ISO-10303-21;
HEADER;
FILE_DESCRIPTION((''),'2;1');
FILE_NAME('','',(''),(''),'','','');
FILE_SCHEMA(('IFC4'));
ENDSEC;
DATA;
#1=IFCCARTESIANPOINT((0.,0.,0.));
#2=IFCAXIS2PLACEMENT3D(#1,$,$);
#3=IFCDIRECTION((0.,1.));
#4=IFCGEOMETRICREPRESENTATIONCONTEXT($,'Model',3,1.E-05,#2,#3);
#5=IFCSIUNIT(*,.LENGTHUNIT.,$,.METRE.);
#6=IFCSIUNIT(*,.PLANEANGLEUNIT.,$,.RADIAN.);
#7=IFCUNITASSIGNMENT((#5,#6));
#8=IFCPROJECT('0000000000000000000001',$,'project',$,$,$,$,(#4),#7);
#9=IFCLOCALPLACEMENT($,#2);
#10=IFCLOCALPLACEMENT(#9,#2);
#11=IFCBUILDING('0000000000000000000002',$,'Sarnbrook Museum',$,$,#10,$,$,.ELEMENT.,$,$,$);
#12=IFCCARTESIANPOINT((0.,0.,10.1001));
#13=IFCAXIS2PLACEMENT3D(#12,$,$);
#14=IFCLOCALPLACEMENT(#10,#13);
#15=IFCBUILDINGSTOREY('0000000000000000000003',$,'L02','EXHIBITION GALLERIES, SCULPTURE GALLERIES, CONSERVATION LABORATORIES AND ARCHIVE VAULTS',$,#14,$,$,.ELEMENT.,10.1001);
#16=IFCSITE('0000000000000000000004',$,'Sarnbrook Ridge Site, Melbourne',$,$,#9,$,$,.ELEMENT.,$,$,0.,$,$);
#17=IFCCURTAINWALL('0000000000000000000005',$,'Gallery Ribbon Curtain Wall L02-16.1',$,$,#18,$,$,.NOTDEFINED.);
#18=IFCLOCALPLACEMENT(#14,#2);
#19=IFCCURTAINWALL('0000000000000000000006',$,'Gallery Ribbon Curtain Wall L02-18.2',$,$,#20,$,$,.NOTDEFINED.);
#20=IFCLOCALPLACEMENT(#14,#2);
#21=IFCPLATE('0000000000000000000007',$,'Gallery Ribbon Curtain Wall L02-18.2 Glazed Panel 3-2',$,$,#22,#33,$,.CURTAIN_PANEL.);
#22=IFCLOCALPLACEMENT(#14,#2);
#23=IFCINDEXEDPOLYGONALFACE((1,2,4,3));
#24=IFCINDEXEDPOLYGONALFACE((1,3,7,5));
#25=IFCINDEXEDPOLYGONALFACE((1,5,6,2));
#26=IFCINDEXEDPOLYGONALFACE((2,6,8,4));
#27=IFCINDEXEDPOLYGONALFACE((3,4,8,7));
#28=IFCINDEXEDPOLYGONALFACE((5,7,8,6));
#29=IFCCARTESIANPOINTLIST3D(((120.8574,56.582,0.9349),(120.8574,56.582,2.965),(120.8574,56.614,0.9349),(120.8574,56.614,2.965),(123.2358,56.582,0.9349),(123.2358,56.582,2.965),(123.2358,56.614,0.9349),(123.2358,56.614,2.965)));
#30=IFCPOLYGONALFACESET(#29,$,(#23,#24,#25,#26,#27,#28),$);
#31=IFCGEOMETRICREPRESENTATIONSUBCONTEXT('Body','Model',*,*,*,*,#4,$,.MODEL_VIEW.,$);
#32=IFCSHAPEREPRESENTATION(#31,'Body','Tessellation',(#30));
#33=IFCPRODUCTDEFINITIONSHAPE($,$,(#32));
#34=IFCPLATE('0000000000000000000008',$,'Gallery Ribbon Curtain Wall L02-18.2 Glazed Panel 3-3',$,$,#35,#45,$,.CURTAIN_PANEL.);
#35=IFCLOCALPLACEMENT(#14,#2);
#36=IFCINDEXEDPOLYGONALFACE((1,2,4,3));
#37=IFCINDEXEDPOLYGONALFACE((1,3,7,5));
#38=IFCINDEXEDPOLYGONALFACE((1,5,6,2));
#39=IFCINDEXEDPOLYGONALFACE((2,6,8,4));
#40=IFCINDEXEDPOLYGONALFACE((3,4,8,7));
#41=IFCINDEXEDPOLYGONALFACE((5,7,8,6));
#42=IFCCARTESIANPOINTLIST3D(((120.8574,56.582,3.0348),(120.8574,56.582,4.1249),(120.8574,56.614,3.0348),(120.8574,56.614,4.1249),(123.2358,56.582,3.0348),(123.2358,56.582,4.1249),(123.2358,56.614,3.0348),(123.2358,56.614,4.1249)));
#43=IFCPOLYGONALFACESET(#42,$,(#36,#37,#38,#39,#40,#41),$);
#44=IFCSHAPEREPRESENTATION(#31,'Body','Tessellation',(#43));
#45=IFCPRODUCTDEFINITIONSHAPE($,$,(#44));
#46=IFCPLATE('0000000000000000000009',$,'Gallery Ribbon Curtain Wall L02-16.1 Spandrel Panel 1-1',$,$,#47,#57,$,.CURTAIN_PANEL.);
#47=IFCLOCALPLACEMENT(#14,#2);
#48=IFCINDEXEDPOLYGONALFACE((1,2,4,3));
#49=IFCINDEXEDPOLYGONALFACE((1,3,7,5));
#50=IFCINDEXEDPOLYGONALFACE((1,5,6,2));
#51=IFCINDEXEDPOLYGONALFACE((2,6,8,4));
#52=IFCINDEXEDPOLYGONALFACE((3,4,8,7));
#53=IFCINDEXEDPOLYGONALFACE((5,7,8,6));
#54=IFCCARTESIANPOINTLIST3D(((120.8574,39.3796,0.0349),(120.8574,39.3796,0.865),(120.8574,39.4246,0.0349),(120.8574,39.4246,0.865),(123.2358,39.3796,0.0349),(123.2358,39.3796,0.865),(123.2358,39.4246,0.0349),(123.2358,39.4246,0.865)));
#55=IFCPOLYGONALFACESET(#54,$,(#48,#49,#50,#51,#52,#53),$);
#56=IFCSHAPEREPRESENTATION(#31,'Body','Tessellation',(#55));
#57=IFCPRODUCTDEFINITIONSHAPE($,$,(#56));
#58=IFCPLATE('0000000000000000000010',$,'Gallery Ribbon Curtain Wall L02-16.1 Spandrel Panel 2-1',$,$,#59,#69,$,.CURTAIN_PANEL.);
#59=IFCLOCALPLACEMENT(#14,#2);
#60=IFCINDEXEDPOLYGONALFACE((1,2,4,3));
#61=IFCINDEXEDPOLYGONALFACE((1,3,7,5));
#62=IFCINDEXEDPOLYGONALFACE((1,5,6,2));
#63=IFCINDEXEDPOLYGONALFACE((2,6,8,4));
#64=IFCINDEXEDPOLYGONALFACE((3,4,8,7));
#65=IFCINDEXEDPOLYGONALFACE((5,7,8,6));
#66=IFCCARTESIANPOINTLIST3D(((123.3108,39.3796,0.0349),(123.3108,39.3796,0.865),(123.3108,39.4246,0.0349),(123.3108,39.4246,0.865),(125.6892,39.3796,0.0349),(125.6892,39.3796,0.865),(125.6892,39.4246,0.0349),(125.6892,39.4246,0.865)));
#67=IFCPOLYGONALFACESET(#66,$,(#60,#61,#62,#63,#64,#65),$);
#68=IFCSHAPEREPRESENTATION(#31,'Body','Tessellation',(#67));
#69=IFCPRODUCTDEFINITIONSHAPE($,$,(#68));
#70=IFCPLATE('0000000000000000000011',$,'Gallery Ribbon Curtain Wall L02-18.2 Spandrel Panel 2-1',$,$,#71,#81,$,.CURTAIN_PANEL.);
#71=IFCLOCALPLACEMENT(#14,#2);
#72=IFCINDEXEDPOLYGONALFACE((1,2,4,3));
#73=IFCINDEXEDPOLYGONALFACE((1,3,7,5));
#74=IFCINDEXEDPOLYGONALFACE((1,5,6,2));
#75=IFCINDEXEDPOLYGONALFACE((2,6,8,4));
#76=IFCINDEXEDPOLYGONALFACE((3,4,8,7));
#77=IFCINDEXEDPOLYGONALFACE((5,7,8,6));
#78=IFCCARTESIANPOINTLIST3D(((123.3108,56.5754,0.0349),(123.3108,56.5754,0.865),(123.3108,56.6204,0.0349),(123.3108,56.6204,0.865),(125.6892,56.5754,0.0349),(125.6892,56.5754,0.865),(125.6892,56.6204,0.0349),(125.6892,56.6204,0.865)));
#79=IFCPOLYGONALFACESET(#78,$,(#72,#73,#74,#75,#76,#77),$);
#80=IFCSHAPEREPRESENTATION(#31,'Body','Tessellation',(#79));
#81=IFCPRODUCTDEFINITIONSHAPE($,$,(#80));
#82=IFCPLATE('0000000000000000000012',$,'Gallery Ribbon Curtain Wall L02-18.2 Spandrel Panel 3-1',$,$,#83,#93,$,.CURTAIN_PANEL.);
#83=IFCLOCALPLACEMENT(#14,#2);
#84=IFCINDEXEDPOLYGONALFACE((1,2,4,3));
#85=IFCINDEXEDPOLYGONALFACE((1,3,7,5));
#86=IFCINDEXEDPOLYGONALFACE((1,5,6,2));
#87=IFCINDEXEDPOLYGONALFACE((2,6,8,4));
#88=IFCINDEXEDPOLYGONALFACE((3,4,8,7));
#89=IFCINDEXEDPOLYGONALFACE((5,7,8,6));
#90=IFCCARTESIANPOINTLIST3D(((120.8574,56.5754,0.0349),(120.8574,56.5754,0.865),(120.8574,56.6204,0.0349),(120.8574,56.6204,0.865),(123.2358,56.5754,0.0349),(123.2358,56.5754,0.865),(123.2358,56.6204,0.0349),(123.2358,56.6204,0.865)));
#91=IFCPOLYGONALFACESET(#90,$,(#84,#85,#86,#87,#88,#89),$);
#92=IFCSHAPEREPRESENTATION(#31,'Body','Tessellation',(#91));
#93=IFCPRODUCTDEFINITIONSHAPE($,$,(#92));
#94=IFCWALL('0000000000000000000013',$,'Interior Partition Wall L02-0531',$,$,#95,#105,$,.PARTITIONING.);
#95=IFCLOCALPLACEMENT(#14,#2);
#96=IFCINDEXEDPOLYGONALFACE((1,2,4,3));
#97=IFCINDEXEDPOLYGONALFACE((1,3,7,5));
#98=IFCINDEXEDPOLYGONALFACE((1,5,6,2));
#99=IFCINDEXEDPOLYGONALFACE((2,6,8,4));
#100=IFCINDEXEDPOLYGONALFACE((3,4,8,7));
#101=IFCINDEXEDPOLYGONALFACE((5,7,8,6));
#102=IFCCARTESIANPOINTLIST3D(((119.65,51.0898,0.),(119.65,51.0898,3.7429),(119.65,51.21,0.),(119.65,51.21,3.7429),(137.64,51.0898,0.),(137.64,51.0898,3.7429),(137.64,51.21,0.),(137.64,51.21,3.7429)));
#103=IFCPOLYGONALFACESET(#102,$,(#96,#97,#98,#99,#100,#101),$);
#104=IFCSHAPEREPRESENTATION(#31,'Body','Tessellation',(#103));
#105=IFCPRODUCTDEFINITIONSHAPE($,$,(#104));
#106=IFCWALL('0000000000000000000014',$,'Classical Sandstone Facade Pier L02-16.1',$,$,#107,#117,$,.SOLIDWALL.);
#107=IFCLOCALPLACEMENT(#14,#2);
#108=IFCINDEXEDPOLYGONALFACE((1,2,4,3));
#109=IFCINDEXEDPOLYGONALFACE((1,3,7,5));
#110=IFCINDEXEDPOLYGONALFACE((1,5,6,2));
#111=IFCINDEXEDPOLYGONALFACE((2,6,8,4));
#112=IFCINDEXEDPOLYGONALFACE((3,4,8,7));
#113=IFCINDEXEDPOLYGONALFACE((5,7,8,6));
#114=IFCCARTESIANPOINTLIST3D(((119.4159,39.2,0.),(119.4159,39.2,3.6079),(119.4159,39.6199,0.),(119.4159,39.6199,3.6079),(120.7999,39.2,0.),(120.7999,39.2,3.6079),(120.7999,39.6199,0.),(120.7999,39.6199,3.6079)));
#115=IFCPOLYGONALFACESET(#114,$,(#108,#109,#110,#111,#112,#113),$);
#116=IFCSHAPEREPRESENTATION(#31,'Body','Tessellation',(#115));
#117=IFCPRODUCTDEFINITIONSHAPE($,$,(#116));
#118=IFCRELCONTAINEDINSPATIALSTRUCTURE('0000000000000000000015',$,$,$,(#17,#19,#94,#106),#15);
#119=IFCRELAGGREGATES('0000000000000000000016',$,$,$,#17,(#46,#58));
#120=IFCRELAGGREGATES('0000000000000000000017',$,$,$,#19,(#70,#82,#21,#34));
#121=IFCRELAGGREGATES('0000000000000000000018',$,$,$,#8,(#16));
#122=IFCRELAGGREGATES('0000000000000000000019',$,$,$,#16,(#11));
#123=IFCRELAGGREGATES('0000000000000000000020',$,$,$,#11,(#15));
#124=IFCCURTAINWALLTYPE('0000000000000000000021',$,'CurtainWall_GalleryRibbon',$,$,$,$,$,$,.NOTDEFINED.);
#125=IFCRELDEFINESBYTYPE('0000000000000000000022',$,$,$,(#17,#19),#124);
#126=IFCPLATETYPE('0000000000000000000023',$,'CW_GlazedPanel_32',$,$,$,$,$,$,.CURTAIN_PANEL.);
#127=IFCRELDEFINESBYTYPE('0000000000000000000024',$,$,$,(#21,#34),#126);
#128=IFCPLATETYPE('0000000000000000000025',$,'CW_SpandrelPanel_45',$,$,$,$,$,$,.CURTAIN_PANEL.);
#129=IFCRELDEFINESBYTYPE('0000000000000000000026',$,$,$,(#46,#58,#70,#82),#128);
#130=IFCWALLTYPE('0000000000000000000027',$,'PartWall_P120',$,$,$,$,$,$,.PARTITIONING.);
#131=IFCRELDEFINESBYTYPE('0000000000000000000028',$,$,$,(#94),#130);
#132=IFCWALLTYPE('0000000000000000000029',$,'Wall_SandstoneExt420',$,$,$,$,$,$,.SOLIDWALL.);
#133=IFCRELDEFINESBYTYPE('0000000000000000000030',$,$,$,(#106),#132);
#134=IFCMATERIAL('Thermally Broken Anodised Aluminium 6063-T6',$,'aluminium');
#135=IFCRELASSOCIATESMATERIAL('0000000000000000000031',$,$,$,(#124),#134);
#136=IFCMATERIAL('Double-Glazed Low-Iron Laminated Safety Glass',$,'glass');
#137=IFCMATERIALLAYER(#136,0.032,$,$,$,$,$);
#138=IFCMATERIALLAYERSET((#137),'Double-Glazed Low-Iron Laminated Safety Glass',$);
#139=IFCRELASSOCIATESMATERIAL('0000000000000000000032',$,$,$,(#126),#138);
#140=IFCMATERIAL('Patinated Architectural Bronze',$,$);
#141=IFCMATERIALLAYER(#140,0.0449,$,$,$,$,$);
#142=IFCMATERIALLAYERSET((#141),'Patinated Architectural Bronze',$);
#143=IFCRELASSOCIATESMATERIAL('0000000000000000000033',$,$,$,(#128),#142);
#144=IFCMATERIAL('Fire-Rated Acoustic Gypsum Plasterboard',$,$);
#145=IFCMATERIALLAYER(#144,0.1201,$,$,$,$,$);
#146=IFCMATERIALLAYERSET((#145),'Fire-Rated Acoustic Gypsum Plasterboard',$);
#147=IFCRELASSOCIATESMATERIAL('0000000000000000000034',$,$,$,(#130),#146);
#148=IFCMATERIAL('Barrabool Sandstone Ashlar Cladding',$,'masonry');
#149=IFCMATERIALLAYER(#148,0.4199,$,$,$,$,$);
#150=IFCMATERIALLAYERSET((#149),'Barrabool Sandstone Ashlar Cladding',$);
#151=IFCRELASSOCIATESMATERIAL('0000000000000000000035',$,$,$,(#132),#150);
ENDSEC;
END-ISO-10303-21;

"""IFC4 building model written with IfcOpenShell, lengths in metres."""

from ifc_helpers import new_model, si_unit, direction, frame, frame_2d, origin, origin_2d, place, context, subcontext, project, spatial, rectangle, extrude, material, layer, layer_set, type_object, element, aggregate, save


model = new_model("IFC4")

# Units and contexts
model_context = context("Model", 3, precision=1e-05, world=origin(), true_north=direction((0.0, 1.0)))
body_context = subcontext(model_context, "Body", "Model", "MODEL_VIEW")
ifc_project = project(units=[si_unit("LENGTHUNIT", "METRE"), si_unit("PLANEANGLEUNIT", "RADIAN")], contexts=[model_context])

# Site, building, storey
site_placement = place(None, origin())
site = spatial("IfcSite", under=ifc_project, at=site_placement, Name="Sarnbrook Ridge Site, Melbourne", CompositionType="ELEMENT", RefElevation=0.0)
building_placement = place(site_placement, origin())
building = spatial("IfcBuilding", under=site, at=building_placement, Name="Sarnbrook Museum", CompositionType="ELEMENT")
storey_placement = place(building_placement, frame((0.0, 0.0, 10.1001)))
storey = spatial("IfcBuildingStorey", under=building, at=storey_placement, Name="L02", Description="EXHIBITION GALLERIES, SCULPTURE GALLERIES, CONSERVATION LABORATORIES AND ARCHIVE VAULTS", CompositionType="ELEMENT", Elevation=10.1001)

# Curtain wall
ifc_material_1 = material(Name="Thermally Broken Anodised Aluminium 6063-T6", Category="aluminium")
curtain_wall_type = type_object("IfcCurtainWallType", Name="CurtainWall_GalleryRibbon", PredefinedType="NOTDEFINED", material=ifc_material_1)
curtain_wall_1_placement = place(storey_placement, origin())
curtain_wall_1 = element("IfcCurtainWall", 1, at=curtain_wall_1_placement, inside=storey, type_object=curtain_wall_type, Name="Gallery Ribbon Curtain Wall L02-16.1", PredefinedType="NOTDEFINED")

# Shared definitions
ifc_material_2 = material(Name="Double-Glazed Low-Iron Laminated Safety Glass", Category="glass")
ifc_layer_1 = layer(ifc_material_2, 0.032)
ifc_layer_set_1 = layer_set([ifc_layer_1], Name="Double-Glazed Low-Iron Laminated Safety Glass")
plate_type_1 = type_object("IfcPlateType", Name="CW_GlazedPanel_32", PredefinedType="CURTAIN_PANEL", material=ifc_layer_set_1)

# Curtain wall, plates
curtain_wall_2_placement = place(storey_placement, origin())
curtain_wall_2 = element("IfcCurtainWall", 2, at=curtain_wall_2_placement, inside=storey, type_object=curtain_wall_type, Name="Gallery Ribbon Curtain Wall L02-18.2", PredefinedType="NOTDEFINED")
plate_1_placement = place(storey_placement, frame((122.0466, 56.582, 1.95), z_axis=(0.0, 1.0, 0.0), x_axis=(-1.0, 0.0, 0.0)))
plate_1 = element("IfcPlate", 3, at=plate_1_placement, type_object=plate_type_1, Name="Gallery Ribbon Curtain Wall L02-18.2 Glazed Panel 3-2", PredefinedType="CURTAIN_PANEL", context=body_context, shape_type="SweptSolid", body=[
    extrude(rectangle(XDim=2.3784, YDim=2.03, at=origin_2d()), origin(), (0.0, 0.0, 1.0), 0.032),
])
plate_2_placement = place(storey_placement, frame((122.0466, 56.582, 3.5798), z_axis=(0.0, 1.0, 0.0), x_axis=(-1.0, 0.0, 0.0)))
plate_2 = element("IfcPlate", 4, at=plate_2_placement, type_object=plate_type_1, Name="Gallery Ribbon Curtain Wall L02-18.2 Glazed Panel 3-3", PredefinedType="CURTAIN_PANEL", context=body_context, shape_type="SweptSolid", body=[
    extrude(rectangle(XDim=2.3784, YDim=1.0901, at=origin_2d()), origin(), (0.0, 0.0, 1.0), 0.032),
])

# Plates
ifc_material_3 = material(Name="Patinated Architectural Bronze")
ifc_layer_2 = layer(ifc_material_3, 0.0449)
ifc_layer_set_2 = layer_set([ifc_layer_2], Name="Patinated Architectural Bronze")
plate_type_2 = type_object("IfcPlateType", Name="CW_SpandrelPanel_45", PredefinedType="CURTAIN_PANEL", material=ifc_layer_set_2)
plate_3_placement = place(storey_placement, frame((122.0466, 39.4246, 0.45), z_axis=(0.0, -1.0, 0.0), x_axis=(1.0, 0.0, 0.0)))
plate_3 = element("IfcPlate", 5, at=plate_3_placement, type_object=plate_type_2, Name="Gallery Ribbon Curtain Wall L02-16.1 Spandrel Panel 1-1", PredefinedType="CURTAIN_PANEL", context=body_context, shape_type="SweptSolid", body=[
    extrude(rectangle(XDim=2.3784, YDim=0.8301, at=origin_2d()), origin(), (0.0, 0.0, 1.0), 0.0449),
])
plate_4_placement = place(storey_placement, frame((124.5, 39.4246, 0.45), z_axis=(0.0, -1.0, 0.0), x_axis=(1.0, 0.0, 0.0)))
plate_4 = element("IfcPlate", 6, at=plate_4_placement, type_object=plate_type_2, Name="Gallery Ribbon Curtain Wall L02-16.1 Spandrel Panel 2-1", PredefinedType="CURTAIN_PANEL", context=body_context, shape_type="SweptSolid", body=[
    extrude(rectangle(XDim=2.3784, YDim=0.8301, at=origin_2d()), origin(), (0.0, 0.0, 1.0), 0.0449),
])
aggregate(curtain_wall_1, [plate_3, plate_4])
plate_5_placement = place(storey_placement, frame((124.5, 56.5754, 0.45), z_axis=(0.0, 1.0, 0.0), x_axis=(-1.0, 0.0, 0.0)))
plate_5 = element("IfcPlate", 7, at=plate_5_placement, type_object=plate_type_2, Name="Gallery Ribbon Curtain Wall L02-18.2 Spandrel Panel 2-1", PredefinedType="CURTAIN_PANEL", context=body_context, shape_type="SweptSolid", body=[
    extrude(rectangle(XDim=2.3784, YDim=0.8301, at=origin_2d()), origin(), (0.0, 0.0, 1.0), 0.0449),
])
plate_6_placement = place(storey_placement, frame((122.0466, 56.5754, 0.45), z_axis=(0.0, 1.0, 0.0), x_axis=(-1.0, 0.0, 0.0)))
plate_6 = element("IfcPlate", 8, at=plate_6_placement, type_object=plate_type_2, Name="Gallery Ribbon Curtain Wall L02-18.2 Spandrel Panel 3-1", PredefinedType="CURTAIN_PANEL", context=body_context, shape_type="SweptSolid", body=[
    extrude(rectangle(XDim=2.3784, YDim=0.8301, at=origin_2d()), origin(), (0.0, 0.0, 1.0), 0.0449),
])
aggregate(curtain_wall_2, [plate_5, plate_6, plate_1, plate_2])

# Walls
ifc_material_4 = material(Name="Fire-Rated Acoustic Gypsum Plasterboard")
ifc_layer_3 = layer(ifc_material_4, 0.1201)
ifc_layer_set_3 = layer_set([ifc_layer_3], Name="Fire-Rated Acoustic Gypsum Plasterboard")
wall_type_1 = type_object("IfcWallType", Name="PartWall_P120", PredefinedType="PARTITIONING", material=ifc_layer_set_3)
wall_1_placement = place(storey_placement, frame((119.6499, 51.1499, 0.0), z_axis=(0.0, 0.0, 1.0), x_axis=(1.0, 0.0, 0.0)))
element("IfcWall", 9, at=wall_1_placement, inside=storey, type_object=wall_type_1, Name="Interior Partition Wall L02-0531", PredefinedType="PARTITIONING", context=body_context, shape_type="SweptSolid", body=[
    extrude(rectangle(XDim=17.99, YDim=0.1201, at=frame_2d((8.9951, 0.0))), origin(), (0.0, 0.0, 1.0), 3.7429),
])
ifc_material_5 = material(Name="Barrabool Sandstone Ashlar Cladding", Category="masonry")
ifc_layer_4 = layer(ifc_material_5, 0.4199)
ifc_layer_set_4 = layer_set([ifc_layer_4], Name="Barrabool Sandstone Ashlar Cladding")
wall_type_2 = type_object("IfcWallType", Name="Wall_SandstoneExt420", PredefinedType="SOLIDWALL", material=ifc_layer_set_4)
wall_2_placement = place(storey_placement, frame((119.416, 39.4099, 0.0), z_axis=(0.0, 0.0, 1.0), x_axis=(1.0, 0.0, 0.0)))
element("IfcWall", 10, at=wall_2_placement, inside=storey, type_object=wall_type_2, Name="Classical Sandstone Facade Pier L02-16.1", PredefinedType="SOLIDWALL", context=body_context, shape_type="SweptSolid", body=[
    extrude(rectangle(XDim=1.384, YDim=0.4199, at=frame_2d((0.6919, 0.0))), origin(), (0.0, 0.0, 1.0), 3.6079),
])

save(model, "model.ifc")
